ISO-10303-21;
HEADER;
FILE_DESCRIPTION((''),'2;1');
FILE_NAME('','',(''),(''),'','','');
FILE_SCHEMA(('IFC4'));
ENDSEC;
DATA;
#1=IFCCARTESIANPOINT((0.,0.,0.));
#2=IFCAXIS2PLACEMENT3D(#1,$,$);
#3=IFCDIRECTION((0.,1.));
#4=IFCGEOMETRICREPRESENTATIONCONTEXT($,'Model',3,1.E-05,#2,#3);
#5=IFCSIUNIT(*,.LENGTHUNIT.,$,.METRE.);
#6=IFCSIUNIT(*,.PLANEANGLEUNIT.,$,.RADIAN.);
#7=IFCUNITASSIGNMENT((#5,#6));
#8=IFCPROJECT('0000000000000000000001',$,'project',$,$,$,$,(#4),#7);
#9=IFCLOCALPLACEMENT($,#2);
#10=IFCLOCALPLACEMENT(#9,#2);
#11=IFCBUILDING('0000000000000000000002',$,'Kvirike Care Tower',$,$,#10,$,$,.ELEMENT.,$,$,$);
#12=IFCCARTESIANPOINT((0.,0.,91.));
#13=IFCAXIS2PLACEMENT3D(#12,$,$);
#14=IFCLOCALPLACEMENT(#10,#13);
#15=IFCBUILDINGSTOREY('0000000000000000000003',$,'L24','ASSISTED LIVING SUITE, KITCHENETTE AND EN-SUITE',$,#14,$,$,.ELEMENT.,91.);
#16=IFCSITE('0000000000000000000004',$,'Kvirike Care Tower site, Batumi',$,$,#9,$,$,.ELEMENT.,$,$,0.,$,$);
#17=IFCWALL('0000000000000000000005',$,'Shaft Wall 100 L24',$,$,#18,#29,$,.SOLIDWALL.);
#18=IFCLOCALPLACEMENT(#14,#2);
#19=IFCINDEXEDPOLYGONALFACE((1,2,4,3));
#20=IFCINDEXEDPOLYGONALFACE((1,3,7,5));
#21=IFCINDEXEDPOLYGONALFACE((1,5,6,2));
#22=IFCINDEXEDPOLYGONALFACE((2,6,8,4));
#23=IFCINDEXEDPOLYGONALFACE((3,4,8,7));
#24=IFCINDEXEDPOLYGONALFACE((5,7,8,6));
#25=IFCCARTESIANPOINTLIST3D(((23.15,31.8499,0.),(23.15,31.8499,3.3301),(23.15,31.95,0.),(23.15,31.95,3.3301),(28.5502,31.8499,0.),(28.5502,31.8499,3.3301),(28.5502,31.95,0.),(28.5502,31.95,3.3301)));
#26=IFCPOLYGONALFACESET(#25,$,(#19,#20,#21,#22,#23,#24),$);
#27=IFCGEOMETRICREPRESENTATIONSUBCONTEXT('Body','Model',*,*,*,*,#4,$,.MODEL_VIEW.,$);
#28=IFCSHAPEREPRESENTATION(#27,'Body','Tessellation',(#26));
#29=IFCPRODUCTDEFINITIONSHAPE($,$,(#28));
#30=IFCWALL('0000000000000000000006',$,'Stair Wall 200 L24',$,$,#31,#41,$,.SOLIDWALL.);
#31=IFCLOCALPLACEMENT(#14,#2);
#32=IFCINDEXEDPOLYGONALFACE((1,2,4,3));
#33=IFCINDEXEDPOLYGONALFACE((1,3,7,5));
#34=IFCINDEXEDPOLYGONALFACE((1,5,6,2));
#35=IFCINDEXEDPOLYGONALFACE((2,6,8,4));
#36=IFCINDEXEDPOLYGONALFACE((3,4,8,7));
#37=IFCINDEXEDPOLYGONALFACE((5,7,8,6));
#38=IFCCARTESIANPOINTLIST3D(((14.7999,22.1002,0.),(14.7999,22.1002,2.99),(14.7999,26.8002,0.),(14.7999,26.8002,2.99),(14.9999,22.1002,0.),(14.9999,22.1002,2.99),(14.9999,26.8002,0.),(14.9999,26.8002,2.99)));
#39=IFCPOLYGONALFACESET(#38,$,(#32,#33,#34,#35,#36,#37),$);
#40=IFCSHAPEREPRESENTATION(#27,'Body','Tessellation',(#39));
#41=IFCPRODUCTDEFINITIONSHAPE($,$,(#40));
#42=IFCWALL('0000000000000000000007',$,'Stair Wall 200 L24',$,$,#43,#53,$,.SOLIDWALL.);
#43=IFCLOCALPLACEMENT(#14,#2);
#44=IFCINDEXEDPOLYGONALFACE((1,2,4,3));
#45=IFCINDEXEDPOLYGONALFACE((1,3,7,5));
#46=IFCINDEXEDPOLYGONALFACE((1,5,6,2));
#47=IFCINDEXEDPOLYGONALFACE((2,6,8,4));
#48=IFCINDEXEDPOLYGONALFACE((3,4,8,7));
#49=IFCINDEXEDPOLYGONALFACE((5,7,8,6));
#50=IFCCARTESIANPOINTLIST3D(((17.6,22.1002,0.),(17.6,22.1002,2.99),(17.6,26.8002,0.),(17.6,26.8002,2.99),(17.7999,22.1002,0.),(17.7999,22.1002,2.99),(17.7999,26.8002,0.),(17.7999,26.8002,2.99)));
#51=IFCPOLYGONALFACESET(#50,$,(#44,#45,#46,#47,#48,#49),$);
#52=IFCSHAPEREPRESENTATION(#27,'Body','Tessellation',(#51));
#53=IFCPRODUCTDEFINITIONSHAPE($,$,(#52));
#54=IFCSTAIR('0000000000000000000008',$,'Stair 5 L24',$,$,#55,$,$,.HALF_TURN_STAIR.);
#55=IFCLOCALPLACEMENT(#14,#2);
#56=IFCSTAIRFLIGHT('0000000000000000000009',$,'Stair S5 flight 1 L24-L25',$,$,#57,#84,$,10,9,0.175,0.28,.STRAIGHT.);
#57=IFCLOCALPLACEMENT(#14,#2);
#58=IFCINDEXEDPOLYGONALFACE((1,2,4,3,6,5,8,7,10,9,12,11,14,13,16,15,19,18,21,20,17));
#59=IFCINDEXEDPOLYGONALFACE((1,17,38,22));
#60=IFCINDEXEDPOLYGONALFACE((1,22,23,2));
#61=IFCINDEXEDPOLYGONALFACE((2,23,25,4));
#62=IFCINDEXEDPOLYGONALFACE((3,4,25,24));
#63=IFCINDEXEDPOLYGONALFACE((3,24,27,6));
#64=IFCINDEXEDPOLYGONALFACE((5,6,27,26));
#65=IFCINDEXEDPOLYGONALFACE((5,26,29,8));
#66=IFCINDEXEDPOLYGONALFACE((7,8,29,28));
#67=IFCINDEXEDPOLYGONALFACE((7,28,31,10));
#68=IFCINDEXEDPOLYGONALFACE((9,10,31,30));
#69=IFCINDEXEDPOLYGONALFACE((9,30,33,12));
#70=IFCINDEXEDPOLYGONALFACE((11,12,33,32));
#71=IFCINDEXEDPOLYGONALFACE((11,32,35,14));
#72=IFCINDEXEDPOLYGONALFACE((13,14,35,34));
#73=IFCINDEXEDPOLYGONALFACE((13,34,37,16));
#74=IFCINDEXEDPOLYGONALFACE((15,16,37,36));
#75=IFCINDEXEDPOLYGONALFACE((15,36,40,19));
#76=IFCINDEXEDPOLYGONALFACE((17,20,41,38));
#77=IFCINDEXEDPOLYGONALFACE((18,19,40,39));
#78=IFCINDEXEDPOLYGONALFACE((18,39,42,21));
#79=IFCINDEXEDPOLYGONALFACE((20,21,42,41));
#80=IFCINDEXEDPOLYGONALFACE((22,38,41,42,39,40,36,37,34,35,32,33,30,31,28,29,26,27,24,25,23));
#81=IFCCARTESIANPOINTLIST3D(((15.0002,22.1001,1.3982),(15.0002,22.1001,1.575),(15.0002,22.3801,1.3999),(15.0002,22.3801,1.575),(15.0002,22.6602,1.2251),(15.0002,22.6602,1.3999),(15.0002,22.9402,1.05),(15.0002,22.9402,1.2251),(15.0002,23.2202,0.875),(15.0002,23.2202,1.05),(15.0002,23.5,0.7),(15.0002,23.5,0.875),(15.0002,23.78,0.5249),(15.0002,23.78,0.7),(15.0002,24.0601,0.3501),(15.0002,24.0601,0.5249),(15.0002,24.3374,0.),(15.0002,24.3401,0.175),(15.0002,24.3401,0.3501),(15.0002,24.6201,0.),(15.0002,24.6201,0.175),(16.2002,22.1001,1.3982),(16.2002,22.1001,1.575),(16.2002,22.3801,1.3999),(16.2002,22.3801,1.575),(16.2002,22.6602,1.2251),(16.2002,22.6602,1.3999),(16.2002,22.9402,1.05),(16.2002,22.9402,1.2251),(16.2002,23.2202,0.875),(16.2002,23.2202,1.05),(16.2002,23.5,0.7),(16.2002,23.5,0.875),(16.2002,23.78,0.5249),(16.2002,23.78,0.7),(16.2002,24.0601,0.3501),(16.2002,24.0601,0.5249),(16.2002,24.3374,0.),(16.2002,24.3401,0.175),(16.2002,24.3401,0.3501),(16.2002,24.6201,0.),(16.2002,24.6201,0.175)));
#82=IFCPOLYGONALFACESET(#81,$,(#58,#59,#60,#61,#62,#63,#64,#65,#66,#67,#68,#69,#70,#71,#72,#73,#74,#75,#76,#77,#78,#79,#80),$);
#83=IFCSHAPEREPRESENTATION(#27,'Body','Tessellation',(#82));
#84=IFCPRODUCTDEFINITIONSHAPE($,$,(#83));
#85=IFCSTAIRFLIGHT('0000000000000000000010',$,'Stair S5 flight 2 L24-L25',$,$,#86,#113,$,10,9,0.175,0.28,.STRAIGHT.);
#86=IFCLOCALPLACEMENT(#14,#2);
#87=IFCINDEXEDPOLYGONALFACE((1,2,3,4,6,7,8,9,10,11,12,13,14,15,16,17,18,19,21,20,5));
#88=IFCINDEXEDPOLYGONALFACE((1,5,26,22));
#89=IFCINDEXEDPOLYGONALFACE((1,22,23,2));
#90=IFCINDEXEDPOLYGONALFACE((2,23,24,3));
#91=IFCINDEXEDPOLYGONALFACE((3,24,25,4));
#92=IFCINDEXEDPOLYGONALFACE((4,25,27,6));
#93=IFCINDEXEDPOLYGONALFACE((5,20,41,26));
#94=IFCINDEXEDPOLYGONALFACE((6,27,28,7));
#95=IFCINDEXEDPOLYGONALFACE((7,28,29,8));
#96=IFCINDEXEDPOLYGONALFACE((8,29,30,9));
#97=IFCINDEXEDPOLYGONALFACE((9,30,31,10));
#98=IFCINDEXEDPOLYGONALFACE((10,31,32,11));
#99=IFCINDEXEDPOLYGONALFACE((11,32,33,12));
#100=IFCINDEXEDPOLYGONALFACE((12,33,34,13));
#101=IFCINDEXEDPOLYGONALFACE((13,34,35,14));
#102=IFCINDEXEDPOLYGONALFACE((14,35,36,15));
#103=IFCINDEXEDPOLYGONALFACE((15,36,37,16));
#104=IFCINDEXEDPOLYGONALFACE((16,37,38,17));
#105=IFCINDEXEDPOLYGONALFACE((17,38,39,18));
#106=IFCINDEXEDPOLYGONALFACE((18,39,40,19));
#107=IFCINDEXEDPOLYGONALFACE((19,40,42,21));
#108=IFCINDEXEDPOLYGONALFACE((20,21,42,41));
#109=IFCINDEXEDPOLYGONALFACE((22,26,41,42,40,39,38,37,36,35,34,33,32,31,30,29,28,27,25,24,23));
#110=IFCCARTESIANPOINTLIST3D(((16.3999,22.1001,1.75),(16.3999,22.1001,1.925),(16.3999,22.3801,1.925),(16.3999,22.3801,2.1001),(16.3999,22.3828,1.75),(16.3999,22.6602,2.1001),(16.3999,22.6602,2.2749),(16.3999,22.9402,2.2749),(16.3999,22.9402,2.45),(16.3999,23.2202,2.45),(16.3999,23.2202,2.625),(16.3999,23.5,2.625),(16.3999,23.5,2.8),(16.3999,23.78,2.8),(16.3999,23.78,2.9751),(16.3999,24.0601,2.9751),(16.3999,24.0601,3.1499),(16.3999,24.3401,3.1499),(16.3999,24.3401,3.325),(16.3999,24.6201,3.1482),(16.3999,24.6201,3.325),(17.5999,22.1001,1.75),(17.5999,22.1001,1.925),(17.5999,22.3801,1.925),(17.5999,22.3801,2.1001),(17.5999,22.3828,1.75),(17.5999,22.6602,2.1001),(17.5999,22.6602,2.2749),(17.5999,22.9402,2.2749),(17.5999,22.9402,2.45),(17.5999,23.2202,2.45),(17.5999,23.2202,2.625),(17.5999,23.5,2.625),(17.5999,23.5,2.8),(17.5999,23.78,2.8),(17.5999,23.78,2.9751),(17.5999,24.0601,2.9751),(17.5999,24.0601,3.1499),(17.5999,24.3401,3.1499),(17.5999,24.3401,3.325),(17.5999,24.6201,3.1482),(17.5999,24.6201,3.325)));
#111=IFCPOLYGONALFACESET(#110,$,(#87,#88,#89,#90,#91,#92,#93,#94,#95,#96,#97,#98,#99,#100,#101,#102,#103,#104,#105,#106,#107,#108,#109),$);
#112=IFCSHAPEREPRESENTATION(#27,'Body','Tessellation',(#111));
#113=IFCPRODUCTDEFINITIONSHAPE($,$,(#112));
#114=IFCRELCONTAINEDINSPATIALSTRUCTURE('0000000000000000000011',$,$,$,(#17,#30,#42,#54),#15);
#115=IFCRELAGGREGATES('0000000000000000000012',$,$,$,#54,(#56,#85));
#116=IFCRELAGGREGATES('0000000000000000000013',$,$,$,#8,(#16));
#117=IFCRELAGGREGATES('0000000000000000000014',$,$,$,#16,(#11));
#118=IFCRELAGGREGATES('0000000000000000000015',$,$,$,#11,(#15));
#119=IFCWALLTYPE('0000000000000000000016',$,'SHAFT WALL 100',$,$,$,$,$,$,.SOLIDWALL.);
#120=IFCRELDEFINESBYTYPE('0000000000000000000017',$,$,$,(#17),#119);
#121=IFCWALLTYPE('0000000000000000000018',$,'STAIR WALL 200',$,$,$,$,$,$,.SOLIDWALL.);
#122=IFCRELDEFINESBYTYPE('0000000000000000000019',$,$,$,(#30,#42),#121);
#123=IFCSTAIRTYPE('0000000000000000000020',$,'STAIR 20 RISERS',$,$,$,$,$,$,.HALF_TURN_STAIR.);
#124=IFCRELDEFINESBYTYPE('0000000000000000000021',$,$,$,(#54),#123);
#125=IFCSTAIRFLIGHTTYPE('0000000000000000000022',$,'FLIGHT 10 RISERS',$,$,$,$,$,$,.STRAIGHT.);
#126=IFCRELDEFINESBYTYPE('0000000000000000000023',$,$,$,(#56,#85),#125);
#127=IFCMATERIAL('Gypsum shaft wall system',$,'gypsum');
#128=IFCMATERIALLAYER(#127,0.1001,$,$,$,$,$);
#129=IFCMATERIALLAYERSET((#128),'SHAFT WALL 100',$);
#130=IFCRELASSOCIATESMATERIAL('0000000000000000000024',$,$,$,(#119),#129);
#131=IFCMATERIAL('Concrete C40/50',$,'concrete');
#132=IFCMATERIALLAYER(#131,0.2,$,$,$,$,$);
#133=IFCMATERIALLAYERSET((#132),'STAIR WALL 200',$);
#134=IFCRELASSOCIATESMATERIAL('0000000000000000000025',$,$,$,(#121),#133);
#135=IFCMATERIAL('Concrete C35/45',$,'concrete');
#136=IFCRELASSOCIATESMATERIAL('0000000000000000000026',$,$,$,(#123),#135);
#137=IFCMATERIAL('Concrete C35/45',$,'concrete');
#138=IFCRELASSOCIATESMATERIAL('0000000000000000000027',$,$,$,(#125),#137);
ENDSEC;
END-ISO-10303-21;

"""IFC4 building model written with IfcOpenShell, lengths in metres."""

from ifc_helpers import new_model, si_unit, direction, frame, frame_2d, origin, place, context, subcontext, project, spatial, polyline, rectangle, outline, extrude, material, layer, layer_set, type_object, element, aggregate, save


model = new_model("IFC4")

# Units and contexts
model_context = context("Model", 3, precision=1e-05, world=origin(), true_north=direction((0.0, 1.0)))
body_context = subcontext(model_context, "Body", "Model", "MODEL_VIEW")
ifc_project = project(units=[si_unit("LENGTHUNIT", "METRE"), si_unit("PLANEANGLEUNIT", "RADIAN")], contexts=[model_context])

# Site, building, storey
site_placement = place(None, origin())
site = spatial("IfcSite", under=ifc_project, at=site_placement, Name="Kvirike Care Tower site, Batumi", CompositionType="ELEMENT", RefElevation=0.0)
building_placement = place(site_placement, origin())
building = spatial("IfcBuilding", under=site, at=building_placement, Name="Kvirike Care Tower", CompositionType="ELEMENT")
storey_placement = place(building_placement, frame((0.0, 0.0, 91.0)))
storey = spatial("IfcBuildingStorey", under=building, at=storey_placement, Name="L24", Description="ASSISTED LIVING SUITE, KITCHENETTE AND EN-SUITE", CompositionType="ELEMENT", Elevation=91.0)

# Shared definitions
ifc_material_1 = material(Name="Gypsum shaft wall system", Category="gypsum")
ifc_layer_1 = layer(ifc_material_1, 0.1001)
ifc_layer_set_1 = layer_set([ifc_layer_1], Name="SHAFT WALL 100")
wall_type_1 = type_object("IfcWallType", Name="SHAFT WALL 100", PredefinedType="SOLIDWALL", material=ifc_layer_set_1)

# Walls
wall_1_placement = place(storey_placement, frame((23.1499, 31.8999, 0.0), z_axis=(0.0, 0.0, 1.0), x_axis=(1.0, 0.0, 0.0)))
element("IfcWall", 1, at=wall_1_placement, inside=storey, type_object=wall_type_1, Name="Shaft Wall 100 L24", PredefinedType="SOLIDWALL", context=body_context, shape_type="SweptSolid", body=[
    extrude(rectangle(XDim=5.4001, YDim=0.1001, at=frame_2d((2.7002, 0.0))), origin(), (0.0, 0.0, 1.0), 3.3301),
])
ifc_material_2 = material(Name="Concrete C40/50", Category="concrete")
ifc_layer_2 = layer(ifc_material_2, 0.2)
ifc_layer_set_2 = layer_set([ifc_layer_2], Name="STAIR WALL 200")
wall_type_2 = type_object("IfcWallType", Name="STAIR WALL 200", PredefinedType="SOLIDWALL", material=ifc_layer_set_2)
for number, where, z_axis, x_axis, name in (
    (2, (14.8999, 22.1001, 0.0), (0.0, 0.0, 1.0), (0.0, 1.0, 0.0), "Stair Wall 200 L24"),
    (3, (17.7, 22.1001, 0.0), (0.0, 0.0, 1.0), (0.0, 1.0, 0.0), "Stair Wall 200 L24"),
):
    element("IfcWall", number, at=place(storey_placement, frame(where, z_axis=z_axis, x_axis=x_axis)), inside=storey, type_object=wall_type_2, Name=name, PredefinedType="SOLIDWALL", context=body_context, shape_type="SweptSolid", body=[
        extrude(rectangle(XDim=4.7, YDim=0.2, at=frame_2d((2.3501, 0.0))), origin(), (0.0, 0.0, 1.0), 2.99),
    ])

# Stair, stair flights
ifc_material_3 = material(Name="Concrete C35/45", Category="concrete")
stair_type = type_object("IfcStairType", Name="STAIR 20 RISERS", PredefinedType="HALF_TURN_STAIR", material=ifc_material_3)
stair_placement = place(storey_placement, origin())
stair = element("IfcStair", 4, at=stair_placement, inside=storey, type_object=stair_type, Name="Stair 5 L24", PredefinedType="HALF_TURN_STAIR")
ifc_material_4 = material(Name="Concrete C35/45", Category="concrete")
stair_flight_type = type_object("IfcStairFlightType", Name="FLIGHT 10 RISERS", PredefinedType="STRAIGHT", material=ifc_material_4)
stair_flight_1_placement = place(storey_placement, frame((15.6001, 24.6201, 0.0), z_axis=(0.0, 0.0, 1.0), x_axis=(0.0, -1.0, 0.0)))
stair_flight_1 = element("IfcStairFlight", 5, at=stair_flight_1_placement, type_object=stair_flight_type, Name="Stair S5 flight 1 L24-L25", NumberOfRisers=10, NumberOfTreads=9, PredefinedType="STRAIGHT", RiserHeight=0.175, TreadLength=0.28, context=body_context, shape_type="SweptSolid", body=[
    extrude(outline(polyline([(0.0, 0.0), (0.0, 0.175), (0.28, 0.175), (0.28, 0.3501), (0.5601, 0.3501), (0.5601, 0.5249), (0.8401, 0.5249), (0.8401, 0.7), (1.1201, 0.7), (1.1201, 0.875), (1.3999, 0.875), (1.3999, 1.05), (1.6799, 1.05), (1.6799, 1.2251), (1.96, 1.2251), (1.96, 1.3999), (2.24, 1.3999), (2.24, 1.575), (2.52, 1.575), (2.52, 1.75), (2.52, 1.3982), (0.2827, 0.0), (0.0, 0.0)])), frame((0.0, 0.6001, 0.0), z_axis=(0.0, -1.0, 0.0), x_axis=(1.0, 0.0, 0.0)), (0.0, 0.0, 1.0), 1.2),
])
stair_flight_2_placement = place(storey_placement, frame((17.0, 22.1001, 1.75), z_axis=(0.0, 0.0, 1.0), x_axis=(0.0, 1.0, 0.0)))
stair_flight_2 = element("IfcStairFlight", 6, at=stair_flight_2_placement, type_object=stair_flight_type, Name="Stair S5 flight 2 L24-L25", NumberOfRisers=10, NumberOfTreads=9, PredefinedType="STRAIGHT", RiserHeight=0.175, TreadLength=0.28, context=body_context, shape_type="SweptSolid", body=[
    extrude(outline(polyline([(0.0, 0.0), (0.0, 0.175), (0.28, 0.175), (0.28, 0.3501), (0.5601, 0.3501), (0.5601, 0.5249), (0.8401, 0.5249), (0.8401, 0.7), (1.1201, 0.7), (1.1201, 0.875), (1.3999, 0.875), (1.3999, 1.05), (1.6799, 1.05), (1.6799, 1.2251), (1.96, 1.2251), (1.96, 1.3999), (2.24, 1.3999), (2.24, 1.575), (2.52, 1.575), (2.52, 1.75), (2.52, 1.3982), (0.2827, 0.0), (0.0, 0.0)])), frame((0.0, 0.6001, 0.0), z_axis=(0.0, -1.0, 0.0), x_axis=(1.0, 0.0, 0.0)), (0.0, 0.0, 1.0), 1.2),
])
aggregate(stair, [stair_flight_1, stair_flight_2])

save(model, "model.ifc")
